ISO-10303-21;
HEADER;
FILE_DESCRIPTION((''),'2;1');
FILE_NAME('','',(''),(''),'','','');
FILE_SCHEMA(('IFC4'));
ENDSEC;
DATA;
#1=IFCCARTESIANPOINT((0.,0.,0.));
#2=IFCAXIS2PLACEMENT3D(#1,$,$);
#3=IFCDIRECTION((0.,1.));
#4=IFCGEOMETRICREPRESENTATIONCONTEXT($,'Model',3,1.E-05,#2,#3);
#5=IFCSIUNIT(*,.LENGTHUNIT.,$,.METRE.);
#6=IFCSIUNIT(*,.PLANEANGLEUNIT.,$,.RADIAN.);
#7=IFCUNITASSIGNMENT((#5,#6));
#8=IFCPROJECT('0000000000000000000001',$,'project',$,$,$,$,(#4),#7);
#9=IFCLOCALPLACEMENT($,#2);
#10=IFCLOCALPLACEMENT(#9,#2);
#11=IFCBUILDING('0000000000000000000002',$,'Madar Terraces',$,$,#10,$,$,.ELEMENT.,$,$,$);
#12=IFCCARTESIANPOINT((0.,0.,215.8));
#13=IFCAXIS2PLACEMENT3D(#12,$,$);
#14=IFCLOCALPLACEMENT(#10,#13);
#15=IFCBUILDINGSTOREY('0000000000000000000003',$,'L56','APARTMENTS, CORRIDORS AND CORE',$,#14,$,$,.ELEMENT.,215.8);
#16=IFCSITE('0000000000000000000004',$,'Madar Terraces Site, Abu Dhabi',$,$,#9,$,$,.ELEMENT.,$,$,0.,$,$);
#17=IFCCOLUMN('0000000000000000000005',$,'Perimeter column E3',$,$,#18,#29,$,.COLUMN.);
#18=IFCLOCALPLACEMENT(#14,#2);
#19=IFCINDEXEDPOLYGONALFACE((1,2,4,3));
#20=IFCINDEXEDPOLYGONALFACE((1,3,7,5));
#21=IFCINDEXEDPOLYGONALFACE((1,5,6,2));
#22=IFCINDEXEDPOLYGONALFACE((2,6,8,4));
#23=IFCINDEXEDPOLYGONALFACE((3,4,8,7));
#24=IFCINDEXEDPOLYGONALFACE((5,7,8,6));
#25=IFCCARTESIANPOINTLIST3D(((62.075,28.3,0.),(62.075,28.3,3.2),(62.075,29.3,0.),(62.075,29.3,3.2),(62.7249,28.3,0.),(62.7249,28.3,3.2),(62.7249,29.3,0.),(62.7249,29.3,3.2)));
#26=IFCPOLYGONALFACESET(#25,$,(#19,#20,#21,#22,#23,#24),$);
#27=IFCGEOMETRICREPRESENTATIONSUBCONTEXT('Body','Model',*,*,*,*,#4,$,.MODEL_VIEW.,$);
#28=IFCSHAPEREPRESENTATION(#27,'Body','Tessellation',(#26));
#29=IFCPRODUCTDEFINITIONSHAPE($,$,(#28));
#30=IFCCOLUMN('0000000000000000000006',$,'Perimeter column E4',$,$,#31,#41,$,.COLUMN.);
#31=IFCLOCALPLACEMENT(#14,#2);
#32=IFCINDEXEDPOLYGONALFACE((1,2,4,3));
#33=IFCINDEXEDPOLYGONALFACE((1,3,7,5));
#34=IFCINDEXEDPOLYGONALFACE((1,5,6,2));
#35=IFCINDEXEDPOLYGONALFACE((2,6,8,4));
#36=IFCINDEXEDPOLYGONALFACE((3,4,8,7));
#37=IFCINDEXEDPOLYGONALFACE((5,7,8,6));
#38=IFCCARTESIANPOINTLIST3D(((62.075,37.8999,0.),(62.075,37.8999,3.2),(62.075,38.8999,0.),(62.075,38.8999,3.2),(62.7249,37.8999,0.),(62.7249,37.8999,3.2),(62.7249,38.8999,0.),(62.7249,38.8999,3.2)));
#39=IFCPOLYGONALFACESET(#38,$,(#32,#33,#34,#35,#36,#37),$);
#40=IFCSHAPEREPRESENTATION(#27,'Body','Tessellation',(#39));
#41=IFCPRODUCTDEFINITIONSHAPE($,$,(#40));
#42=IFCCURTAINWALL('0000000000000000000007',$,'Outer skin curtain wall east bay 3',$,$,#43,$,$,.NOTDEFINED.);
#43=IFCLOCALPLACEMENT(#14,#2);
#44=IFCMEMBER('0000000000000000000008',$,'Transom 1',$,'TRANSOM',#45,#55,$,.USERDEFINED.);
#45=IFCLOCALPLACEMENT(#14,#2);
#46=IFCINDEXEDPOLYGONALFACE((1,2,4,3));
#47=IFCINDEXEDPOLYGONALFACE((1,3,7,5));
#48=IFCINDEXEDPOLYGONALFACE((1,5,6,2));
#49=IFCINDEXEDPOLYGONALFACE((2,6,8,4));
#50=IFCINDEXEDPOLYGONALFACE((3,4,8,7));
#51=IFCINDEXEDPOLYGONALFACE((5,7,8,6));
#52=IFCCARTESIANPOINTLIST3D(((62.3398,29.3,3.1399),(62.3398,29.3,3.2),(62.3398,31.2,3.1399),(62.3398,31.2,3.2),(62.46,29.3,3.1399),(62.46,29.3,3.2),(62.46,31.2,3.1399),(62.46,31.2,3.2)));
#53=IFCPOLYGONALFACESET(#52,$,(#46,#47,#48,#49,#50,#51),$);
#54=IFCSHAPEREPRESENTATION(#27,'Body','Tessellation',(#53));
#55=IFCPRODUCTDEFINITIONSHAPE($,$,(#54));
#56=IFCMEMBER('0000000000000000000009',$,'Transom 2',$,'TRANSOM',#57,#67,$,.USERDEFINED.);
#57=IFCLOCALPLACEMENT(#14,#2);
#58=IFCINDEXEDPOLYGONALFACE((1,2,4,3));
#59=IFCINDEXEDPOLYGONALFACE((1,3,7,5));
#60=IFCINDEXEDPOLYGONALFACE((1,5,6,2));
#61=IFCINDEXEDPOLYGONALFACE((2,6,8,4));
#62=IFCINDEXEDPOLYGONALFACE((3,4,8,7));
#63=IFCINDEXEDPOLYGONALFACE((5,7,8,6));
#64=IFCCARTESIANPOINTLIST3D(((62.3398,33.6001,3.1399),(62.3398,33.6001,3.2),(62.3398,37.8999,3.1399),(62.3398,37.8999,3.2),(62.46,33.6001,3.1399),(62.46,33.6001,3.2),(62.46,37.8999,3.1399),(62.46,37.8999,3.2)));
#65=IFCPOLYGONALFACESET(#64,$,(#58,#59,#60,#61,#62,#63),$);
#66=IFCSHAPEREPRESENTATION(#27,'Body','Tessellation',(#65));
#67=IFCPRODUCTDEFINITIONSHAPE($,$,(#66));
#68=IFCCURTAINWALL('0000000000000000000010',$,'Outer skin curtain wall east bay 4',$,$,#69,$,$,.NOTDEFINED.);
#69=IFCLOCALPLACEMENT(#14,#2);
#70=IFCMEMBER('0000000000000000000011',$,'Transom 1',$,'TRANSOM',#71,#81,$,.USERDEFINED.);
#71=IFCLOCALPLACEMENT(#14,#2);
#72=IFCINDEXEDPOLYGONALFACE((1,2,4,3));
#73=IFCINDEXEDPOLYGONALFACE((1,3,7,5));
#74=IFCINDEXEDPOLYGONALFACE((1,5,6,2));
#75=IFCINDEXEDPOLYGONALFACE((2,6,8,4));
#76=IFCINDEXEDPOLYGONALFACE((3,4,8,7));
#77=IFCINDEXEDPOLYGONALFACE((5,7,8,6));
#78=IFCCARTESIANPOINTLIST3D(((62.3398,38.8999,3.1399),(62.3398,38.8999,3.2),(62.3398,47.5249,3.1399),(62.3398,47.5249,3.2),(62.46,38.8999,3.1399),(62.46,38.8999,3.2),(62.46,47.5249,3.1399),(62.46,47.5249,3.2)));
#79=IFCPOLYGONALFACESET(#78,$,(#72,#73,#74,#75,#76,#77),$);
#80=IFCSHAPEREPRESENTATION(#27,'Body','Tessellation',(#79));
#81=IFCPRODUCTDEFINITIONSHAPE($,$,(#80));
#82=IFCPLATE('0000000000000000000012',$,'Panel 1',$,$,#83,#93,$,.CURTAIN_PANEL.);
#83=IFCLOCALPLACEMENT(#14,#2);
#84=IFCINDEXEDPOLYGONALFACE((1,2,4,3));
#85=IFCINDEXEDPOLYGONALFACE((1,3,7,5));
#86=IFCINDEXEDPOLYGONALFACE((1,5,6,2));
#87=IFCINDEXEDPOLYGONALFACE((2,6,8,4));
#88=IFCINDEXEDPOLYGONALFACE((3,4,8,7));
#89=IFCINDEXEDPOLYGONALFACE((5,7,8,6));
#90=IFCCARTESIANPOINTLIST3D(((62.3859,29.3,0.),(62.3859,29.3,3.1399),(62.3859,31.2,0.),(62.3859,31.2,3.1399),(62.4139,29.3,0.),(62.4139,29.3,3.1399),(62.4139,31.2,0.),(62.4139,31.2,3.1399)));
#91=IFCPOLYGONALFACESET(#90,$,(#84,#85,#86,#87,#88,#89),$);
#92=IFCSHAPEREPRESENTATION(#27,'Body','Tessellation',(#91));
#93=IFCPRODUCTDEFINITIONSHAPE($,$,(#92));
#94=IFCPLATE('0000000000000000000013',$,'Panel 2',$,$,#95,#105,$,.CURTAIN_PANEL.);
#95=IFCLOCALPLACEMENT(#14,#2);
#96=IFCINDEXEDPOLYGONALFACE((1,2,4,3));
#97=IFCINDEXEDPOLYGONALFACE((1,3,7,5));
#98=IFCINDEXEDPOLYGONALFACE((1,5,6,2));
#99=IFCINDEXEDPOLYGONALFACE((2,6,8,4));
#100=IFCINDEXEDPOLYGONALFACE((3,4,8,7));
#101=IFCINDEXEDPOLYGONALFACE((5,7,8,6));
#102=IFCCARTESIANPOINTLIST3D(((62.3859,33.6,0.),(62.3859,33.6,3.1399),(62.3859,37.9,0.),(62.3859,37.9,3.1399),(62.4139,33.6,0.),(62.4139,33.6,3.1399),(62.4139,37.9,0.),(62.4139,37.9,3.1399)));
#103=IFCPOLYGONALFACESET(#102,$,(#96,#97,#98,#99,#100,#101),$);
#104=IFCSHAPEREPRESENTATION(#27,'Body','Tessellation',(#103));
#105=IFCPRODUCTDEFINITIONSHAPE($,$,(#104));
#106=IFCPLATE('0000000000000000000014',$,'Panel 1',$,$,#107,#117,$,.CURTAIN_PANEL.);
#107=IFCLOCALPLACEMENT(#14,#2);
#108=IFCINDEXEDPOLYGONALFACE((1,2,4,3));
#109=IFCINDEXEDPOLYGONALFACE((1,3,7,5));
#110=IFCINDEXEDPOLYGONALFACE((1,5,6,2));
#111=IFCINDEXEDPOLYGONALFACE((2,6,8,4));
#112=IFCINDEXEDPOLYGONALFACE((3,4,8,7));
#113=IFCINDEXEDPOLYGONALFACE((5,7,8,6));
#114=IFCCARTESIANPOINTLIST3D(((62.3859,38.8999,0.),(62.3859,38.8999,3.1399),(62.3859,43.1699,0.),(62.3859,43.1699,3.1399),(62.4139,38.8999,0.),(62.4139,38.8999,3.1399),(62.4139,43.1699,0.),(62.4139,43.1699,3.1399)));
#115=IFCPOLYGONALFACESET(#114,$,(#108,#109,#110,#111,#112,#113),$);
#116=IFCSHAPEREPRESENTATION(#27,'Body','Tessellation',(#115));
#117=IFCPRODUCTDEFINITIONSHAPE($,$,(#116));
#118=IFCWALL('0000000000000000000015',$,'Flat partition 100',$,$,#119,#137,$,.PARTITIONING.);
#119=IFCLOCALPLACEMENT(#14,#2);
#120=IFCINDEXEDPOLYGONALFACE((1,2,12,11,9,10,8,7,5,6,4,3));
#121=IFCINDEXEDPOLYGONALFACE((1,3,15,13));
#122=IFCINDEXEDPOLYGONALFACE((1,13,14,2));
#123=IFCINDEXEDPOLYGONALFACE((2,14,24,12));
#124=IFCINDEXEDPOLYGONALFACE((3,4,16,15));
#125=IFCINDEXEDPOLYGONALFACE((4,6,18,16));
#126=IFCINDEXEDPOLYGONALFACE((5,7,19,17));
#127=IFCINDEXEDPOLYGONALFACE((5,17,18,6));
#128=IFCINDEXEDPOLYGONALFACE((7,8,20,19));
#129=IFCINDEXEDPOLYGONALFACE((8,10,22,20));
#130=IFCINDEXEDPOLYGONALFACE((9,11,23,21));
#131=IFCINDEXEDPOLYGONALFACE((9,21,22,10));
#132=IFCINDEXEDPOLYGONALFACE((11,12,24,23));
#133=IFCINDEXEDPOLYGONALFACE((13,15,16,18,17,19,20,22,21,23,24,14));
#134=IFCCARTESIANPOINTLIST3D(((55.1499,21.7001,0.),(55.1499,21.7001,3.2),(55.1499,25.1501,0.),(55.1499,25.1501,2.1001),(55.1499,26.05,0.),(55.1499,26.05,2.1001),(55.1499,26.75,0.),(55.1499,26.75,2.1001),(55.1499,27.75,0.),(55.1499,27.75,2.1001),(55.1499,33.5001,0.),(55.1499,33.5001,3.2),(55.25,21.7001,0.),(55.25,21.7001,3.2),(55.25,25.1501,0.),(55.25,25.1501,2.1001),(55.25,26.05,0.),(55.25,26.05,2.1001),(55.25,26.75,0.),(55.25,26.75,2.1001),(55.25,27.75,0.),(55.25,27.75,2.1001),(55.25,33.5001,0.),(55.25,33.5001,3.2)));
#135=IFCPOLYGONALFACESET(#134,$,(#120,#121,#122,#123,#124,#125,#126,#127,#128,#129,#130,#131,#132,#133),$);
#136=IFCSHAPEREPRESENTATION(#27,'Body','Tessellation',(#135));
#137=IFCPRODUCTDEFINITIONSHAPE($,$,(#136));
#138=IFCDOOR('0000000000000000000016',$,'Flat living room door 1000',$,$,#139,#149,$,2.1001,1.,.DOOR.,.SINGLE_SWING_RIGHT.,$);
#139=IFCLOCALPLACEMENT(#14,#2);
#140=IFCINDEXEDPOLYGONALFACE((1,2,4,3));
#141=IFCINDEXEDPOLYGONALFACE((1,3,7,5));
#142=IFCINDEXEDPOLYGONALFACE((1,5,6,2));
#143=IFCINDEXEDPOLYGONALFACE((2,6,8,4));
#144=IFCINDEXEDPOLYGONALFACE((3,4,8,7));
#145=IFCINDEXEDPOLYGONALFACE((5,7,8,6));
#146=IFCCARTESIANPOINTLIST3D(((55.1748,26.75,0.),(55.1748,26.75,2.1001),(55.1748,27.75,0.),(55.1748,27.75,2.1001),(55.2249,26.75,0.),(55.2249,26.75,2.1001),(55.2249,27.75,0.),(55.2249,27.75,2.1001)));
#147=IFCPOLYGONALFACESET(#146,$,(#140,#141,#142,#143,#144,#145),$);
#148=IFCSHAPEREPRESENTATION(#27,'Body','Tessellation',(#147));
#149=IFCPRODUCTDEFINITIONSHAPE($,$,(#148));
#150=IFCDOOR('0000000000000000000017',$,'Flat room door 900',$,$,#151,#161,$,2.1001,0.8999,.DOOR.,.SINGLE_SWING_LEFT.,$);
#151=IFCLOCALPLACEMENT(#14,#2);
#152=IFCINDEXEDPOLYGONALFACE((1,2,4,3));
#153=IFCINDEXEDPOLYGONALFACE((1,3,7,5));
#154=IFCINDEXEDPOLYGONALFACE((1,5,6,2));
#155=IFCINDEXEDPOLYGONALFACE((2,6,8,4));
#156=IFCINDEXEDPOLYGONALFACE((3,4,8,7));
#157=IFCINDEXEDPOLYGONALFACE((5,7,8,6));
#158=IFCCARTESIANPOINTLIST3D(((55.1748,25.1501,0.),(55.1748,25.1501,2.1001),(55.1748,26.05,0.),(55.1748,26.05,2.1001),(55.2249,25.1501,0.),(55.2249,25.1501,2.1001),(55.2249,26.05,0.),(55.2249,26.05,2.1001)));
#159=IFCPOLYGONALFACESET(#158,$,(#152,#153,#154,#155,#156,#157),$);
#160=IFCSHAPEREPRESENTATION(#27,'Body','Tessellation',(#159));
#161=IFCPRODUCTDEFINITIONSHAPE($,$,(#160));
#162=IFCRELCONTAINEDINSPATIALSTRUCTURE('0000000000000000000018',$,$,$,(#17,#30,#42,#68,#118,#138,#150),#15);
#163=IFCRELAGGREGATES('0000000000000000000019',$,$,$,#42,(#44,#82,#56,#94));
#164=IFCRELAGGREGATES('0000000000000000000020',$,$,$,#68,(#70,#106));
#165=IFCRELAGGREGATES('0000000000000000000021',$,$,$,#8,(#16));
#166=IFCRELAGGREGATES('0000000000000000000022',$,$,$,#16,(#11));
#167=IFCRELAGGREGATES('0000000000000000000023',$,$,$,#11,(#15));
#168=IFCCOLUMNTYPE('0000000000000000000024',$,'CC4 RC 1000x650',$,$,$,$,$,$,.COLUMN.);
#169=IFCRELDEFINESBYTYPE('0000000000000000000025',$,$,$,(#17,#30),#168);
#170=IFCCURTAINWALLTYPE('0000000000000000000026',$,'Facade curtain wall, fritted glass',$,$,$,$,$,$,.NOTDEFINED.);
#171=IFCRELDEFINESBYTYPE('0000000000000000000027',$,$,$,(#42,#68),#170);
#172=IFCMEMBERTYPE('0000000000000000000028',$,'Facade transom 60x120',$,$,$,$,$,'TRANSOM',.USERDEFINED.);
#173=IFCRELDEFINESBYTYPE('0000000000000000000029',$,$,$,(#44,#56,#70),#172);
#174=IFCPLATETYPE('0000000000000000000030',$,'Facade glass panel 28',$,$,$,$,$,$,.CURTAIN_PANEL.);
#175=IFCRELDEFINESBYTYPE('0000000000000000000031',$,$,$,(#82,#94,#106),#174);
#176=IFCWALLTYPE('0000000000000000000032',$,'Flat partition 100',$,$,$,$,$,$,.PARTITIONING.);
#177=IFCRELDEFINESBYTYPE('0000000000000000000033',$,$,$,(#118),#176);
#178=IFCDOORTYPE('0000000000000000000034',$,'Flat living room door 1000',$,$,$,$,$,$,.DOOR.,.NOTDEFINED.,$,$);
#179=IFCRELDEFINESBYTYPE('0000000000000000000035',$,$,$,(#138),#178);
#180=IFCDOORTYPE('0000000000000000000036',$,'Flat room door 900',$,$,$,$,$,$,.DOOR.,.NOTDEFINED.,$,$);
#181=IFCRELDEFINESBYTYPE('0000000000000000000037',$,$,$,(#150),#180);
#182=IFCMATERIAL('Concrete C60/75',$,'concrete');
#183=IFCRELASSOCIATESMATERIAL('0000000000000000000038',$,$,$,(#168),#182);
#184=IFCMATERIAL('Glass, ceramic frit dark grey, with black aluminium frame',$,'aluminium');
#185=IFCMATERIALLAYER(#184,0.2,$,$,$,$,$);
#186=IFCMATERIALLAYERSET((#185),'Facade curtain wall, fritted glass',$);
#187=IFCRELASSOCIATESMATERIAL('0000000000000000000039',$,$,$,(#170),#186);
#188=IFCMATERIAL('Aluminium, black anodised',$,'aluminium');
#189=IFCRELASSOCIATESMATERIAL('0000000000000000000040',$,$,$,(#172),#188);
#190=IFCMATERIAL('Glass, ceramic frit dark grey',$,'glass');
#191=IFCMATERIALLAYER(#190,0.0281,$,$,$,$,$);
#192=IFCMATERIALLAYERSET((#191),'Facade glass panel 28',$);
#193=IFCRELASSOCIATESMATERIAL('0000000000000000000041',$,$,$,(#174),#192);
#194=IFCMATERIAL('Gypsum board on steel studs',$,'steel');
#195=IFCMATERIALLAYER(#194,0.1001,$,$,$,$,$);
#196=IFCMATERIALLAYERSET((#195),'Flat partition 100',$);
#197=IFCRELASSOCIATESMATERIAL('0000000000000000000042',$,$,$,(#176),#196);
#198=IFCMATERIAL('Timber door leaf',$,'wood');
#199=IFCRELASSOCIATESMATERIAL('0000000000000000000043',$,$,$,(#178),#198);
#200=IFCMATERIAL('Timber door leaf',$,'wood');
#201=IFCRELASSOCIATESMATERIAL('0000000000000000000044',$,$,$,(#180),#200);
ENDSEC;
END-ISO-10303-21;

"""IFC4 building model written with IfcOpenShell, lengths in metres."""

from ifc_helpers import new_model, si_unit, direction, frame, frame_2d, origin, origin_2d, place, context, subcontext, project, spatial, rectangle, extrude, material, layer, layer_set, material_profile, profile_set, type_object, element, fill, aggregate, save


model = new_model("IFC4")

# Units and contexts
model_context = context("Model", 3, precision=1e-05, world=origin(), true_north=direction((0.0, 1.0)))
body_context = subcontext(model_context, "Body", "Model", "MODEL_VIEW")
ifc_project = project(units=[si_unit("LENGTHUNIT", "METRE"), si_unit("PLANEANGLEUNIT", "RADIAN")], contexts=[model_context])

# Site, building, storey
site_placement = place(None, origin())
site = spatial("IfcSite", under=ifc_project, at=site_placement, Name="Madar Terraces Site, Abu Dhabi", CompositionType="ELEMENT", RefElevation=0.0)
building_placement = place(site_placement, origin())
building = spatial("IfcBuilding", under=site, at=building_placement, Name="Madar Terraces", CompositionType="ELEMENT")
storey_placement = place(building_placement, frame((0.0, 0.0, 215.8)))
storey = spatial("IfcBuildingStorey", under=building, at=storey_placement, Name="L56", Description="APARTMENTS, CORRIDORS AND CORE", CompositionType="ELEMENT", Elevation=215.8)

# Columns
ifc_material_1 = material(Name="Concrete C60/75", Category="concrete")
ifc_material_profile_1 = material_profile(ifc_material_1, rectangle(XDim=1.0, YDim=0.6499, at=origin_2d()), Name="CC4 RC 1000x650")
ifc_profile_set_1 = profile_set([ifc_material_profile_1], Name="Concrete C60/75")
column_type = type_object("IfcColumnType", Name="CC4 RC 1000x650", PredefinedType="COLUMN", material=ifc_profile_set_1)
for number, where, z_axis, x_axis, name in (
    (1, (62.3999, 28.8, 0.0), (0.0, 0.0, 1.0), (0.0, 1.0, 0.0), "Perimeter column E3"),
    (2, (62.3999, 38.3999, 0.0), (0.0, 0.0, 1.0), (0.0, 1.0, 0.0), "Perimeter column E4"),
):
    element("IfcColumn", number, at=place(storey_placement, frame(where, z_axis=z_axis, x_axis=x_axis)), inside=storey, type_object=column_type, Name=name, PredefinedType="COLUMN", context=body_context, shape_type="SweptSolid", body=[
        extrude(rectangle(XDim=1.0, YDim=0.6499, at=origin_2d()), origin(), (0.0, 0.0, 1.0), 3.2),
    ])

# Curtain wall, members
ifc_material_2 = material(Name="Glass, ceramic frit dark grey, with black aluminium frame", Category="aluminium")
ifc_layer_1 = layer(ifc_material_2, 0.2)
ifc_layer_set_1 = layer_set([ifc_layer_1], Name="Facade curtain wall, fritted glass")
curtain_wall_type = type_object("IfcCurtainWallType", Name="Facade curtain wall, fritted glass", PredefinedType="NOTDEFINED", material=ifc_layer_set_1)
curtain_wall_1_placement = place(storey_placement, origin())
curtain_wall_1 = element("IfcCurtainWall", 3, at=curtain_wall_1_placement, inside=storey, type_object=curtain_wall_type, Name="Outer skin curtain wall east bay 3", PredefinedType="NOTDEFINED")
ifc_material_3 = material(Name="Aluminium, black anodised", Category="aluminium")
ifc_material_profile_2 = material_profile(ifc_material_3, rectangle(XDim=0.1201, YDim=0.0601, at=origin_2d()), Name="Facade transom 60x120")
ifc_profile_set_2 = profile_set([ifc_material_profile_2], Name="Aluminium, black anodised")
member_type = type_object("IfcMemberType", Name="Facade transom 60x120", ElementType="TRANSOM", PredefinedType="USERDEFINED", material=ifc_profile_set_2)
member_1_placement = place(storey_placement, frame((62.3999, 29.3, 3.1699), z_axis=(0.0, 1.0, 0.0), x_axis=(-1.0, 0.0, 0.0)))
member_1 = element("IfcMember", 4, at=member_1_placement, type_object=member_type, Name="Transom 1", ObjectType="TRANSOM", PredefinedType="USERDEFINED", context=body_context, shape_type="SweptSolid", body=[
    extrude(rectangle(XDim=0.1201, YDim=0.0601, at=origin_2d()), origin(), (0.0, 0.0, 1.0), 1.8999),
])
member_2_placement = place(storey_placement, frame((62.3999, 33.6001, 3.1699), z_axis=(0.0, 1.0, 0.0), x_axis=(-1.0, 0.0, 0.0)))
member_2 = element("IfcMember", 5, at=member_2_placement, type_object=member_type, Name="Transom 2", ObjectType="TRANSOM", PredefinedType="USERDEFINED", context=body_context, shape_type="SweptSolid", body=[
    extrude(rectangle(XDim=0.1201, YDim=0.0601, at=origin_2d()), origin(), (0.0, 0.0, 1.0), 4.2998),
])

# Curtain wall, member
curtain_wall_2_placement = place(storey_placement, origin())
curtain_wall_2 = element("IfcCurtainWall", 6, at=curtain_wall_2_placement, inside=storey, type_object=curtain_wall_type, Name="Outer skin curtain wall east bay 4", PredefinedType="NOTDEFINED")
member_3_placement = place(storey_placement, frame((62.3999, 38.8999, 3.1699), z_axis=(0.0, 1.0, 0.0), x_axis=(-1.0, 0.0, 0.0)))
member_3 = element("IfcMember", 7, at=member_3_placement, type_object=member_type, Name="Transom 1", ObjectType="TRANSOM", PredefinedType="USERDEFINED", context=body_context, shape_type="SweptSolid", body=[
    extrude(rectangle(XDim=0.1201, YDim=0.0601, at=origin_2d()), origin(), (0.0, 0.0, 1.0), 8.625),
])

# Plates
ifc_material_4 = material(Name="Glass, ceramic frit dark grey", Category="glass")
ifc_layer_2 = layer(ifc_material_4, 0.0281)
ifc_layer_set_2 = layer_set([ifc_layer_2], Name="Facade glass panel 28")
plate_type = type_object("IfcPlateType", Name="Facade glass panel 28", PredefinedType="CURTAIN_PANEL", material=ifc_layer_set_2)
plate_1_placement = place(storey_placement, frame((62.3999, 30.25, 0.0), z_axis=(0.0, 0.0, 1.0), x_axis=(0.0, 1.0, 0.0)))
plate_1 = element("IfcPlate", 8, at=plate_1_placement, type_object=plate_type, Name="Panel 1", PredefinedType="CURTAIN_PANEL", context=body_context, shape_type="SweptSolid", body=[
    extrude(rectangle(XDim=1.8999, YDim=0.0281, at=origin_2d()), origin(), (0.0, 0.0, 1.0), 3.1399),
])
plate_2_placement = place(storey_placement, frame((62.3999, 35.75, 0.0), z_axis=(0.0, 0.0, 1.0), x_axis=(0.0, 1.0, 0.0)))
plate_2 = element("IfcPlate", 9, at=plate_2_placement, type_object=plate_type, Name="Panel 2", PredefinedType="CURTAIN_PANEL", context=body_context, shape_type="SweptSolid", body=[
    extrude(rectangle(XDim=4.3, YDim=0.0281, at=origin_2d()), origin(), (0.0, 0.0, 1.0), 3.1399),
])
aggregate(curtain_wall_1, [member_1, plate_1, member_2, plate_2])
plate_3_placement = place(storey_placement, frame((62.3999, 41.0349, 0.0), z_axis=(0.0, 0.0, 1.0), x_axis=(0.0, 1.0, 0.0)))
plate_3 = element("IfcPlate", 10, at=plate_3_placement, type_object=plate_type, Name="Panel 1", PredefinedType="CURTAIN_PANEL", context=body_context, shape_type="SweptSolid", body=[
    extrude(rectangle(XDim=4.27, YDim=0.0281, at=origin_2d()), origin(), (0.0, 0.0, 1.0), 3.1399),
])
aggregate(curtain_wall_2, [member_3, plate_3])

# Wall, openings, doors
ifc_material_5 = material(Name="Gypsum board on steel studs", Category="steel")
ifc_layer_3 = layer(ifc_material_5, 0.1001)
ifc_layer_set_3 = layer_set([ifc_layer_3], Name="Flat partition 100")
wall_type_1 = type_object("IfcWallType", Name="Flat partition 100", PredefinedType="PARTITIONING", material=ifc_layer_set_3)
wall_1_placement = place(storey_placement, frame((55.2, 33.5, 0.0), z_axis=(0.0, 0.0, 1.0), x_axis=(0.0, -1.0, 0.0)))
wall_1 = element("IfcWall", 11, at=wall_1_placement, inside=storey, type_object=wall_type_1, Name="Flat partition 100", PredefinedType="PARTITIONING", context=body_context, shape_type="SweptSolid", body=[
    extrude(rectangle(XDim=11.8, YDim=0.1001, at=frame_2d((5.8999, 0.0))), origin(), (0.0, 0.0, 1.0), 3.2),
])
opening_1_placement = place(wall_1_placement, frame((5.75, 0.0, 0.0)))
opening_1 = element("IfcOpeningElement", 12, at=opening_1_placement, cuts=wall_1, PredefinedType="OPENING", context=body_context, shape_type="SweptSolid", body=[
    extrude(rectangle(XDim=1.0, YDim=2.1001, at=frame_2d((0.5, 1.05))), frame((0.0, 0.0601, 0.0), z_axis=(0.0, -1.0, 0.0), x_axis=(1.0, 0.0, 0.0)), (0.0, 0.0, 1.0), 0.1201),
])
opening_2_placement = place(wall_1_placement, frame((7.45, 0.0, 0.0)))
opening_2 = element("IfcOpeningElement", 13, at=opening_2_placement, cuts=wall_1, PredefinedType="OPENING", context=body_context, shape_type="SweptSolid", body=[
    extrude(rectangle(XDim=0.8999, YDim=2.1001, at=frame_2d((0.45, 1.05))), frame((0.0, 0.0601, 0.0), z_axis=(0.0, -1.0, 0.0), x_axis=(1.0, 0.0, 0.0)), (0.0, 0.0, 1.0), 0.1201),
])
ifc_material_6 = material(Name="Timber door leaf", Category="wood")
door_type_1 = type_object("IfcDoorType", Name="Flat living room door 1000", OperationType="NOTDEFINED", PredefinedType="DOOR", material=ifc_material_6)
door_1_placement = place(opening_1_placement, origin())
door_1 = element("IfcDoor", 14, at=door_1_placement, inside=storey, type_object=door_type_1, Name="Flat living room door 1000", OperationType="SINGLE_SWING_RIGHT", OverallHeight=2.1001, OverallWidth=1.0, PredefinedType="DOOR", context=body_context, shape_type="SweptSolid", body=[
    extrude(rectangle(XDim=1.0, YDim=2.1001, at=frame_2d((0.5, 1.05))), frame((0.0, 0.0249, 0.0), z_axis=(0.0, -1.0, 0.0), x_axis=(1.0, 0.0, 0.0)), (0.0, 0.0, 1.0), 0.05),
])
fill(opening_1, door_1)
ifc_material_7 = material(Name="Timber door leaf", Category="wood")
door_type_2 = type_object("IfcDoorType", Name="Flat room door 900", OperationType="NOTDEFINED", PredefinedType="DOOR", material=ifc_material_7)
door_2_placement = place(opening_2_placement, origin())
door_2 = element("IfcDoor", 15, at=door_2_placement, inside=storey, type_object=door_type_2, Name="Flat room door 900", OperationType="SINGLE_SWING_LEFT", OverallHeight=2.1001, OverallWidth=0.8999, PredefinedType="DOOR", context=body_context, shape_type="SweptSolid", body=[
    extrude(rectangle(XDim=0.8999, YDim=2.1001, at=frame_2d((0.45, 1.05))), frame((0.0, 0.0249, 0.0), z_axis=(0.0, -1.0, 0.0), x_axis=(1.0, 0.0, 0.0)), (0.0, 0.0, 1.0), 0.05),
])
fill(opening_2, door_2)

save(model, "model.ifc")
